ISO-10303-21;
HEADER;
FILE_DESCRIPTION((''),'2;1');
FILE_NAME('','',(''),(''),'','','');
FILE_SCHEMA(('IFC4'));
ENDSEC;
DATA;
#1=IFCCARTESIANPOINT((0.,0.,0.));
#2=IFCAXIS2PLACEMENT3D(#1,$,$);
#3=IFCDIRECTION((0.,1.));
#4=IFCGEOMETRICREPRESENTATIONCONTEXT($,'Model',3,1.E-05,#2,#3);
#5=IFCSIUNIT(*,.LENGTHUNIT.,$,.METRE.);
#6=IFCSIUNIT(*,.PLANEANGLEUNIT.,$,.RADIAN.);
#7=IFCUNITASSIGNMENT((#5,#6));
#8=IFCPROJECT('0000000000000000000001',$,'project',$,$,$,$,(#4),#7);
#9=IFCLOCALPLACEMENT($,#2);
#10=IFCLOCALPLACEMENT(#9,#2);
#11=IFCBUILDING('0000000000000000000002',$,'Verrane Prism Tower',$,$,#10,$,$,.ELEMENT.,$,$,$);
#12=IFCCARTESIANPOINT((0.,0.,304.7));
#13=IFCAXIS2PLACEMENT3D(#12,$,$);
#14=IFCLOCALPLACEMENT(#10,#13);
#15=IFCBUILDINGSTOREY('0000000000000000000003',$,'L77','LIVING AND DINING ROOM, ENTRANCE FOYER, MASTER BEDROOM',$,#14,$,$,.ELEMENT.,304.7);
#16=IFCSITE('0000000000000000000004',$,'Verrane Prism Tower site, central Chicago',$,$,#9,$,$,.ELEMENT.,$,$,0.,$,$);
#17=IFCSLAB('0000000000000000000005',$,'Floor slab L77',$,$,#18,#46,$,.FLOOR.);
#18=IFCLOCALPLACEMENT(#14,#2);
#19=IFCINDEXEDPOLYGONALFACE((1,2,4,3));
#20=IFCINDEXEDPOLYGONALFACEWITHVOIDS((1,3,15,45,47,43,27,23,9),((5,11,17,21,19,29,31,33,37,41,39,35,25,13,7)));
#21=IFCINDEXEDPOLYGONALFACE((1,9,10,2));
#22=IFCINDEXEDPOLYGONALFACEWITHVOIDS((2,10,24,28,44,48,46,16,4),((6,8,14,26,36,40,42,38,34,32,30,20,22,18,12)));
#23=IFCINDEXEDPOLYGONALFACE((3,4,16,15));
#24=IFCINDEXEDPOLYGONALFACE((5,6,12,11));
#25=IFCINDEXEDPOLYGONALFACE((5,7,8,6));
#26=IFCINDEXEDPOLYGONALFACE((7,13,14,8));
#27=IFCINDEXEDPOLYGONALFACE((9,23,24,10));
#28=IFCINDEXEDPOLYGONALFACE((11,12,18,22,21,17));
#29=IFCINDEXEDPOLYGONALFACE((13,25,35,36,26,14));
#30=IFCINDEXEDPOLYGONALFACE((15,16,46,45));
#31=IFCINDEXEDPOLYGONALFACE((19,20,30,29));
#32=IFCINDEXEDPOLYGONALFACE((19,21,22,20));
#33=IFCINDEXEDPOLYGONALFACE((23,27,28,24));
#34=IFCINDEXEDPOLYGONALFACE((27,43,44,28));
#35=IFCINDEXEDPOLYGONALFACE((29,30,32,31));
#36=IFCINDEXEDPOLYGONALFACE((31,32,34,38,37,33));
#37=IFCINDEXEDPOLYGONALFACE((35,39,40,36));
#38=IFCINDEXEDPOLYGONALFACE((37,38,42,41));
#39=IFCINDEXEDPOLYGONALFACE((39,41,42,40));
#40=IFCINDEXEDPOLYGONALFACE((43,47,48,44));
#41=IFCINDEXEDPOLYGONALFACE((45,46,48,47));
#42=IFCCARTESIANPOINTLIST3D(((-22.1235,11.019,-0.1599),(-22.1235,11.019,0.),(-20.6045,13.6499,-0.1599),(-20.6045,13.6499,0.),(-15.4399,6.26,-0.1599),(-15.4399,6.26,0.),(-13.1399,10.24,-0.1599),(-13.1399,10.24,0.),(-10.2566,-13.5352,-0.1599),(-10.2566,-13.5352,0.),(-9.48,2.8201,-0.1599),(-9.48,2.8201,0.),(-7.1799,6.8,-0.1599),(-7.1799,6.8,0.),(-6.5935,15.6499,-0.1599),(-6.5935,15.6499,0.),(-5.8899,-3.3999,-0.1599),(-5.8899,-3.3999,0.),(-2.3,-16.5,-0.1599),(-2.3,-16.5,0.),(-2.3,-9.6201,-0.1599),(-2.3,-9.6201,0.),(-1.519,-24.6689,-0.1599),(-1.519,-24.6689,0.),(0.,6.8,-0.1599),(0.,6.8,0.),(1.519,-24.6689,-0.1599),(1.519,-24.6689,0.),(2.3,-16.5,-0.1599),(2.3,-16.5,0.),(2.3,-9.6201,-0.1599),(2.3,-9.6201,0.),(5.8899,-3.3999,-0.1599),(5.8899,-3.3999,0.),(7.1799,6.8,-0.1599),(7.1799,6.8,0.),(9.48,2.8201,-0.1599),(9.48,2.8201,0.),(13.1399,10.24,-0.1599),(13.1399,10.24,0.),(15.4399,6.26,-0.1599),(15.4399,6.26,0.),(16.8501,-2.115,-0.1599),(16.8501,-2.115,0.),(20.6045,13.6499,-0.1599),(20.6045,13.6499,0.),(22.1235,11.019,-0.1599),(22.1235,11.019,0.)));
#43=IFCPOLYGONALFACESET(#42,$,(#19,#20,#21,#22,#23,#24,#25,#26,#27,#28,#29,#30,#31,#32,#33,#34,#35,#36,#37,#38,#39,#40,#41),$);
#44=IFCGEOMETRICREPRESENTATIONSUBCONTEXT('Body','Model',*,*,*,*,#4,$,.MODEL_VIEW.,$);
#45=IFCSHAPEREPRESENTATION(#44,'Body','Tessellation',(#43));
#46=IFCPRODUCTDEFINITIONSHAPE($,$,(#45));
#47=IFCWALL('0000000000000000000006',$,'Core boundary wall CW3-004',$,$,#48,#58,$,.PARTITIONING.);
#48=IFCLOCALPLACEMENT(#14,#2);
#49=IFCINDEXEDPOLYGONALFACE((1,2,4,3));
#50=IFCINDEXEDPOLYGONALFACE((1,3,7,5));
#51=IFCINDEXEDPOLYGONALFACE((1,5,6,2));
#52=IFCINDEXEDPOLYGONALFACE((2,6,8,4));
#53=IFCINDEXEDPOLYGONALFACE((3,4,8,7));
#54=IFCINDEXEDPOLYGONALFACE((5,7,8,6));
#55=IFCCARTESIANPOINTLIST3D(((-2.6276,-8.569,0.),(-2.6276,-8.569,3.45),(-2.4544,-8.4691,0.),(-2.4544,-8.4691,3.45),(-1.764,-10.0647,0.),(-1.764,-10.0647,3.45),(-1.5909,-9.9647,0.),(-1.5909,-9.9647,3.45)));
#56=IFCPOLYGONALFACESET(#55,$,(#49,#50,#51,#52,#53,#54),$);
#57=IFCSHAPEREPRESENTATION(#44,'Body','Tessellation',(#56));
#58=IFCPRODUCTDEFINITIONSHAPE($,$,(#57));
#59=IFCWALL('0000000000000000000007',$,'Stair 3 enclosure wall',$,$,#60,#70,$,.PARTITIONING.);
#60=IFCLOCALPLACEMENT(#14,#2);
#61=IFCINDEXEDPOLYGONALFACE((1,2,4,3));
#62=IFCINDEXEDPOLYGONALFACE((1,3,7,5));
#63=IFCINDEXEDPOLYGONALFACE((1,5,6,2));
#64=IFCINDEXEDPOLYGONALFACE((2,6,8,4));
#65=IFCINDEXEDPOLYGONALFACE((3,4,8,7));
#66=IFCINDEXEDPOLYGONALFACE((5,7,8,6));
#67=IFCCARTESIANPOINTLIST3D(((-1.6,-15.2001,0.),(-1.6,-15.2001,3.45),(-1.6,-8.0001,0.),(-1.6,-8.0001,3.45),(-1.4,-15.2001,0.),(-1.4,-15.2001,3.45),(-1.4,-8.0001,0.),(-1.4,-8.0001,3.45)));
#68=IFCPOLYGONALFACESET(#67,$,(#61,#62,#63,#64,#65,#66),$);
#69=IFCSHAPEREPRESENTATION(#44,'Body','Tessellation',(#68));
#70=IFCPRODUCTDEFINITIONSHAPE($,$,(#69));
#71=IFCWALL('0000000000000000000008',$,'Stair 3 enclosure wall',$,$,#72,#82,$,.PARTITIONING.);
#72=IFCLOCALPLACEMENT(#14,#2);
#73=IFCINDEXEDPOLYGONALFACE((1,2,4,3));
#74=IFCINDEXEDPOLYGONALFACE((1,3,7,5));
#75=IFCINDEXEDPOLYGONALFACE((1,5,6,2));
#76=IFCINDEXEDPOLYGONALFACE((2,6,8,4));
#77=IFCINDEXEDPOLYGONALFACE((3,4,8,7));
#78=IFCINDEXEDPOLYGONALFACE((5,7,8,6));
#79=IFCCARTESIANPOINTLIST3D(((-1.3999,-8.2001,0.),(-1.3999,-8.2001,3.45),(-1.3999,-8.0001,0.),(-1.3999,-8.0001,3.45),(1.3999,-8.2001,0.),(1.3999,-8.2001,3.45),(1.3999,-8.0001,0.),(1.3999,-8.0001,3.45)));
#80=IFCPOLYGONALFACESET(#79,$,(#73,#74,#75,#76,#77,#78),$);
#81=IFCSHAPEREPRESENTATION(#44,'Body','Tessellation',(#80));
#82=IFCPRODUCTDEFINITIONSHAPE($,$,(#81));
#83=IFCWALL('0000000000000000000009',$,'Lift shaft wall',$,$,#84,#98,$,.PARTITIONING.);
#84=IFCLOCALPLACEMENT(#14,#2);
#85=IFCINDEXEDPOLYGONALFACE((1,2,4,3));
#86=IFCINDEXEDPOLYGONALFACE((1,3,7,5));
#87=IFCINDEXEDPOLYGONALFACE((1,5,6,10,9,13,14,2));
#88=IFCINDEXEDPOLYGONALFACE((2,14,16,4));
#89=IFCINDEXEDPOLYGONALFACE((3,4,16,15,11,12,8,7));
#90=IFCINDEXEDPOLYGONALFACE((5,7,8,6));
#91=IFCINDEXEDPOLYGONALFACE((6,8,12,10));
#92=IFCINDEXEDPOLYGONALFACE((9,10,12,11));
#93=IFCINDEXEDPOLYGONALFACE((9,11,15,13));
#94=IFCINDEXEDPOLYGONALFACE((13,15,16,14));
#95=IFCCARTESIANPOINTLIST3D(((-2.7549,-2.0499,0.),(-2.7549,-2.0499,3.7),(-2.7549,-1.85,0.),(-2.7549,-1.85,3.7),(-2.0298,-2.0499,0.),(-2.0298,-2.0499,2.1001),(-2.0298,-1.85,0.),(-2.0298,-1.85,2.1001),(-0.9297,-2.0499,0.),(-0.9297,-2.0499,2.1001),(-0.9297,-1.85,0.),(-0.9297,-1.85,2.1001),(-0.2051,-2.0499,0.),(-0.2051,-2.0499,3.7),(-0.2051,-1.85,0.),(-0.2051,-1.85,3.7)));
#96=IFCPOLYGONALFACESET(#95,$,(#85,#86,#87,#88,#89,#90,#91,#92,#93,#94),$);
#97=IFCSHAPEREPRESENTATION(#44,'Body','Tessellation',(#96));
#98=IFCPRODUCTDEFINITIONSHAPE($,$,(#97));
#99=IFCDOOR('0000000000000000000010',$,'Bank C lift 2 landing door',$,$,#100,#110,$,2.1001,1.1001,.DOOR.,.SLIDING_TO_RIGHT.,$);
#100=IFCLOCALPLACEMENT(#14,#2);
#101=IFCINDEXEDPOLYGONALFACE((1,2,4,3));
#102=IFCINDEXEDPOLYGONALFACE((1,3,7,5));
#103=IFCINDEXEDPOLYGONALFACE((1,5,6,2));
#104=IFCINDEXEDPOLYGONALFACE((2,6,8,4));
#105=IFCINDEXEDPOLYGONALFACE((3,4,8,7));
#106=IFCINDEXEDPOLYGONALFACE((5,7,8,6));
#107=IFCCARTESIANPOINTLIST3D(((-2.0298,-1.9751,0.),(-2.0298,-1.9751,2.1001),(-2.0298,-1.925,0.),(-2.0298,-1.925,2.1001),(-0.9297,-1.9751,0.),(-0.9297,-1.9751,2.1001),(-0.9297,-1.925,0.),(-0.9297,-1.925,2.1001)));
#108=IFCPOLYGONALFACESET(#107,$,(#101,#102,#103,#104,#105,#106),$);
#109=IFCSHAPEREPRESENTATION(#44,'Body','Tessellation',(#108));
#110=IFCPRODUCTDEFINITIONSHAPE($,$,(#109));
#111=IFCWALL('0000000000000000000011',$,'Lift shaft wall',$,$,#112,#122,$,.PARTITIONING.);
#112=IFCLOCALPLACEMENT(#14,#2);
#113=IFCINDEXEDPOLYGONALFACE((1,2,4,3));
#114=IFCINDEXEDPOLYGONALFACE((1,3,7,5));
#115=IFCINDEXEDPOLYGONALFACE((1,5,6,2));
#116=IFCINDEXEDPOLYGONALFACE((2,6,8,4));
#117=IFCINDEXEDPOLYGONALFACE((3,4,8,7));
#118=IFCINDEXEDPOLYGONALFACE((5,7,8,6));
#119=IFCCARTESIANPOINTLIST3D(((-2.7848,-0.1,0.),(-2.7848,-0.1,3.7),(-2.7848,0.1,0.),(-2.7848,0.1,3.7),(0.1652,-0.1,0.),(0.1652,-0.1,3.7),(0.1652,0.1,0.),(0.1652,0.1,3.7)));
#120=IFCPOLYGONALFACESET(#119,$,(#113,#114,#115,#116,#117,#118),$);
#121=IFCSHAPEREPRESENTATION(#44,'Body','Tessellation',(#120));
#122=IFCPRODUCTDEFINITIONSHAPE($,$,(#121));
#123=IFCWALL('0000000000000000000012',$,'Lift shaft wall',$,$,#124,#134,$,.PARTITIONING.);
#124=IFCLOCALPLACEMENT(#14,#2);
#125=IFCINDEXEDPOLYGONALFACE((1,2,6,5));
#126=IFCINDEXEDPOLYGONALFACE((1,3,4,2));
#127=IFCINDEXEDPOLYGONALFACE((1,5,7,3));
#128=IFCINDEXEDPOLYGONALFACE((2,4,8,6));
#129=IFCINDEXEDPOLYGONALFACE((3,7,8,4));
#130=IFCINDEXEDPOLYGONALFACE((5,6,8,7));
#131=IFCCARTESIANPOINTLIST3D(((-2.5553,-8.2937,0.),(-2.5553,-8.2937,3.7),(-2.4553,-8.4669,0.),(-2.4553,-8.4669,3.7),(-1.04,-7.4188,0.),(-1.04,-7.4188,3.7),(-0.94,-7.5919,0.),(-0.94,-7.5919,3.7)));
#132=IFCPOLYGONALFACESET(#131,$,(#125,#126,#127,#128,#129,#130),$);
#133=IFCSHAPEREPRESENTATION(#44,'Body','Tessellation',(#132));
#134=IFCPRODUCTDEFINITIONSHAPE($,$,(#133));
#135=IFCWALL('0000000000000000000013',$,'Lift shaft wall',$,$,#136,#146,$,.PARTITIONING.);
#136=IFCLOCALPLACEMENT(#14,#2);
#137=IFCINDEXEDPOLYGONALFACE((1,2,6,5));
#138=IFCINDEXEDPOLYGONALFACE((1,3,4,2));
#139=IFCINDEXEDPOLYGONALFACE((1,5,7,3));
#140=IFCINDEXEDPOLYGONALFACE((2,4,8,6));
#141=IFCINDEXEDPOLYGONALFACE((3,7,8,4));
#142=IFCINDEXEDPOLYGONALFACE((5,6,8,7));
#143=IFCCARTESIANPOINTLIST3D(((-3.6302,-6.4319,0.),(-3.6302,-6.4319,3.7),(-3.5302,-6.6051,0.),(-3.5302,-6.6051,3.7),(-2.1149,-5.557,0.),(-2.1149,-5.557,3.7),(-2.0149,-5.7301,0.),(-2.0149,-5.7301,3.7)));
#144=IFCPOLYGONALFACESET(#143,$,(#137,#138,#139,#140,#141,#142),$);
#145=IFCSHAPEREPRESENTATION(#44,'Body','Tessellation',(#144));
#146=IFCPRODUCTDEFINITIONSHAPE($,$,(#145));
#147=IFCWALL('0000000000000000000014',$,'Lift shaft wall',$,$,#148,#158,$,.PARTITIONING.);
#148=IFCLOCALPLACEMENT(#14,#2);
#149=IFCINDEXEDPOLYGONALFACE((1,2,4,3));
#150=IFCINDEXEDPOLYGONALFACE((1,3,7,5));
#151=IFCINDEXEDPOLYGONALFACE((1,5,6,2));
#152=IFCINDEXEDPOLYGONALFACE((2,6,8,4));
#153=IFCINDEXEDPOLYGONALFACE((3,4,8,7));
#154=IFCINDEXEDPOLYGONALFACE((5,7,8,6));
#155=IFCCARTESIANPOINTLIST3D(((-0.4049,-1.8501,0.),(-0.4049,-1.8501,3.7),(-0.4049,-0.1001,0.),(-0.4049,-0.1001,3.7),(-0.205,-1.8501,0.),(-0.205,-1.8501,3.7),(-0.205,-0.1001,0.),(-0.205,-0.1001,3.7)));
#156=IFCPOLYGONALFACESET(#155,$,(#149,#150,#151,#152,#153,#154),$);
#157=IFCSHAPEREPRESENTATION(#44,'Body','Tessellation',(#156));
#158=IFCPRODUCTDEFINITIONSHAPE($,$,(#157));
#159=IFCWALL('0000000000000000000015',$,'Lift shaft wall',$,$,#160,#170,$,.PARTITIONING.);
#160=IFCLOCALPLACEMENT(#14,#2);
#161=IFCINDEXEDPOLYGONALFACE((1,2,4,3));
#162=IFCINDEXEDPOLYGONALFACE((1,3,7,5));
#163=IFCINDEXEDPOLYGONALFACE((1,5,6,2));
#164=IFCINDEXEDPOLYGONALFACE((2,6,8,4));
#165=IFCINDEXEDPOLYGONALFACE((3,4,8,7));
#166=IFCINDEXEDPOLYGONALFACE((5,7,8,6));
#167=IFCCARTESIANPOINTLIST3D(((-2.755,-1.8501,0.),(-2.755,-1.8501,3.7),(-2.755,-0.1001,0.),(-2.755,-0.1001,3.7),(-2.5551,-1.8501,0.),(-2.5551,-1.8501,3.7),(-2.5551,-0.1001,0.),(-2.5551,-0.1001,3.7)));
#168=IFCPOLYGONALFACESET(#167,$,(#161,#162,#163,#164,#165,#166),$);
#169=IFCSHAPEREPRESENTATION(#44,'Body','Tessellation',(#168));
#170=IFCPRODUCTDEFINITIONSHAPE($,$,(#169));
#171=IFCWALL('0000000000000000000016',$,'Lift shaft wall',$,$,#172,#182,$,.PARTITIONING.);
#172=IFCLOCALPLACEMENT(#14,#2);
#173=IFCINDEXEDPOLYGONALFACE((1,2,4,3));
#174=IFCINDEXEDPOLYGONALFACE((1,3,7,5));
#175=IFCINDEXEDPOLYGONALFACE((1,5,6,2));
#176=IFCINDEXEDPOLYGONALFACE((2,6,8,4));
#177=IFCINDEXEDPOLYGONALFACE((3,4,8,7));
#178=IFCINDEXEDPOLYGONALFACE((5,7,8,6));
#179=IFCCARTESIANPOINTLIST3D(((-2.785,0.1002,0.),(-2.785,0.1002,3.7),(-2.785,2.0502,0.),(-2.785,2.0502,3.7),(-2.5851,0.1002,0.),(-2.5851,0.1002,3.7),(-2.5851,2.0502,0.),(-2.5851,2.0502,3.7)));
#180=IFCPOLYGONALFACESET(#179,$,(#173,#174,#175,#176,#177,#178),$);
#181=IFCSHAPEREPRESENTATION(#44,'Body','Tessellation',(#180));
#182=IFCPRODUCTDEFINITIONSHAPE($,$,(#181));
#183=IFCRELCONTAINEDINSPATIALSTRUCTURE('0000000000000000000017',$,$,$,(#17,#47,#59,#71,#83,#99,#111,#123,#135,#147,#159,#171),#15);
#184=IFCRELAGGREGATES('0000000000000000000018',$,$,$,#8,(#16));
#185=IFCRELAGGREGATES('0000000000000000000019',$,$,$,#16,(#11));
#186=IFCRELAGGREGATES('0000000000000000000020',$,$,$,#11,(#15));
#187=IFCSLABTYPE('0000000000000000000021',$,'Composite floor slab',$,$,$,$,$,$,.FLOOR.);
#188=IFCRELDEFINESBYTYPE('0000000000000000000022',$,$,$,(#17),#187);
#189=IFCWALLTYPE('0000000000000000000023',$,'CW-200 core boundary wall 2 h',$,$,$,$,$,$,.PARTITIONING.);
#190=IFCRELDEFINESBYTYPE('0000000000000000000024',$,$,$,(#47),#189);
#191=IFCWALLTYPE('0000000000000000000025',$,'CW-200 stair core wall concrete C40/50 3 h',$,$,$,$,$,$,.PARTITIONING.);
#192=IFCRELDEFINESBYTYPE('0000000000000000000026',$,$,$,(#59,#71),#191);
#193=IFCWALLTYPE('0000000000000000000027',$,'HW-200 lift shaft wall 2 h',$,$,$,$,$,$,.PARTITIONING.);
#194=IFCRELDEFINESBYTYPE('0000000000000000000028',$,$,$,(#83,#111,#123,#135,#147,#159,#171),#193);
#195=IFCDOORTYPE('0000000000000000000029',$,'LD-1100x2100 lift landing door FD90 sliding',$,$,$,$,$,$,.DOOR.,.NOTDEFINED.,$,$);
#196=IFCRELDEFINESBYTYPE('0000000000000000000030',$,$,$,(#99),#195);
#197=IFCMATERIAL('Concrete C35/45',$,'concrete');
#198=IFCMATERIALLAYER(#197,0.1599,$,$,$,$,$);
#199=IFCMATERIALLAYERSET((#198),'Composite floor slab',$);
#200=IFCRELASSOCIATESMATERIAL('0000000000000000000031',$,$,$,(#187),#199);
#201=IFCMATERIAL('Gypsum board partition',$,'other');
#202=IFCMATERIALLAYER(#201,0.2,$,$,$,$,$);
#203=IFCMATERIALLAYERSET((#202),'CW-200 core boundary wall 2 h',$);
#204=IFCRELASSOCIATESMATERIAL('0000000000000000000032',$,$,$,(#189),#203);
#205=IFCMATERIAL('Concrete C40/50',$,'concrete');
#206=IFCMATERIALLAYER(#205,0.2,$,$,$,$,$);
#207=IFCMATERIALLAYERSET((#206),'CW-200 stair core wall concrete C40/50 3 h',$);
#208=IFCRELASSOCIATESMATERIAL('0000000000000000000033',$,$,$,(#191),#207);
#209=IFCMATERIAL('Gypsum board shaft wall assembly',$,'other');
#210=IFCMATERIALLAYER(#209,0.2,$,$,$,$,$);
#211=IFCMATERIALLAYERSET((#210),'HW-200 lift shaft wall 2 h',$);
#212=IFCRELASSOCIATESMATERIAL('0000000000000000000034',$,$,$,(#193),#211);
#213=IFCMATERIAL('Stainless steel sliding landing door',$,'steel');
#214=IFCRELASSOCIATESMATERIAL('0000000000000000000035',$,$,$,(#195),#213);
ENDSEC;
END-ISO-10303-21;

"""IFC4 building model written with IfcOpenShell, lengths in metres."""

from ifc_helpers import new_model, si_unit, direction, frame, frame_2d, origin, place, context, subcontext, project, spatial, polyline, rectangle, outline, extrude, material, layer, layer_set, type_object, element, fill, save


model = new_model("IFC4")

# Units and contexts
model_context = context("Model", 3, precision=1e-05, world=origin(), true_north=direction((0.0, 1.0)))
body_context = subcontext(model_context, "Body", "Model", "MODEL_VIEW")
ifc_project = project(units=[si_unit("LENGTHUNIT", "METRE"), si_unit("PLANEANGLEUNIT", "RADIAN")], contexts=[model_context])

# Site, building, storey
site_placement = place(None, origin())
site = spatial("IfcSite", under=ifc_project, at=site_placement, Name="Verrane Prism Tower site, central Chicago", CompositionType="ELEMENT", RefElevation=0.0)
building_placement = place(site_placement, origin())
building = spatial("IfcBuilding", under=site, at=building_placement, Name="Verrane Prism Tower", CompositionType="ELEMENT")
storey_placement = place(building_placement, frame((0.0, 0.0, 304.7)))
storey = spatial("IfcBuildingStorey", under=building, at=storey_placement, Name="L77", Description="LIVING AND DINING ROOM, ENTRANCE FOYER, MASTER BEDROOM", CompositionType="ELEMENT", Elevation=304.7)

# Slab
ifc_material_1 = material(Name="Concrete C35/45", Category="concrete")
ifc_layer_1 = layer(ifc_material_1, 0.1599)
ifc_layer_set_1 = layer_set([ifc_layer_1], Name="Composite floor slab")
slab_type = type_object("IfcSlabType", Name="Composite floor slab", PredefinedType="FLOOR", material=ifc_layer_set_1)
slab_placement = place(storey_placement, frame((0.0, 0.0, -0.1599)))
element("IfcSlab", 1, at=slab_placement, inside=storey, type_object=slab_type, Name="Floor slab L77", PredefinedType="FLOOR", context=body_context, shape_type="SweptSolid", body=[
    extrude(outline(polyline([(16.8501, -2.115), (1.519, -24.6689), (-1.519, -24.6689), (-10.2566, -13.5352), (-22.1235, 11.019), (-20.6045, 13.6499), (-6.5935, 15.6499), (20.6045, 13.6499), (22.1235, 11.019), (16.8501, -2.115)]), holes=[polyline([(15.4399, 6.26), (13.1399, 10.24), (7.1799, 6.8), (0.0, 6.8), (-7.1799, 6.8), (-13.1399, 10.24), (-15.4399, 6.26), (-9.48, 2.8201), (-5.8899, -3.3999), (-2.3, -9.6201), (-2.3, -16.5), (2.3, -16.5), (2.3, -9.6201), (5.8899, -3.3999), (9.48, 2.8201), (15.4399, 6.26)])]), origin(), (0.0, 0.0, 1.0), 0.1599),
])

# Walls
ifc_material_2 = material(Name="Gypsum board partition", Category="other")
ifc_layer_2 = layer(ifc_material_2, 0.2)
ifc_layer_set_2 = layer_set([ifc_layer_2], Name="CW-200 core boundary wall 2 h")
wall_type_1 = type_object("IfcWallType", Name="CW-200 core boundary wall 2 h", PredefinedType="PARTITIONING", material=ifc_layer_set_2)
wall_1_placement = place(storey_placement, frame((-2.541, -8.519, 0.0), z_axis=(0.0, 0.0, 1.0), x_axis=(0.500016, -0.866016, 0.0)))
element("IfcWall", 2, at=wall_1_placement, inside=storey, type_object=wall_type_1, Name="Core boundary wall CW3-004", PredefinedType="PARTITIONING", context=body_context, shape_type="SweptSolid", body=[
    extrude(rectangle(XDim=1.7271, YDim=0.2, at=frame_2d((0.8635, 0.0))), origin(), (0.0, 0.0, 1.0), 3.45),
])
ifc_material_3 = material(Name="Concrete C40/50", Category="concrete")
ifc_layer_3 = layer(ifc_material_3, 0.2)
ifc_layer_set_3 = layer_set([ifc_layer_3], Name="CW-200 stair core wall concrete C40/50 3 h")
wall_type_2 = type_object("IfcWallType", Name="CW-200 stair core wall concrete C40/50 3 h", PredefinedType="PARTITIONING", material=ifc_layer_set_3)
wall_2_placement = place(storey_placement, frame((-1.5, -8.0, 0.0), z_axis=(0.0, 0.0, 1.0), x_axis=(0.0, -1.0, 0.0)))
element("IfcWall", 3, at=wall_2_placement, inside=storey, type_object=wall_type_2, Name="Stair 3 enclosure wall", PredefinedType="PARTITIONING", context=body_context, shape_type="SweptSolid", body=[
    extrude(rectangle(XDim=7.2, YDim=0.2, at=frame_2d((3.6001, 0.0))), origin(), (0.0, 0.0, 1.0), 3.45),
])
wall_3_placement = place(storey_placement, frame((-1.3999, -8.1001, 0.0), z_axis=(0.0, 0.0, 1.0), x_axis=(1.0, 0.0, 0.0)))
element("IfcWall", 4, at=wall_3_placement, inside=storey, type_object=wall_type_2, Name="Stair 3 enclosure wall", PredefinedType="PARTITIONING", context=body_context, shape_type="SweptSolid", body=[
    extrude(rectangle(XDim=2.7998, YDim=0.2, at=frame_2d((1.3999, 0.0))), origin(), (0.0, 0.0, 1.0), 3.45),
])

# Wall, opening, door
ifc_material_4 = material(Name="Gypsum board shaft wall assembly", Category="other")
ifc_layer_4 = layer(ifc_material_4, 0.2)
ifc_layer_set_4 = layer_set([ifc_layer_4], Name="HW-200 lift shaft wall 2 h")
wall_type_3 = type_object("IfcWallType", Name="HW-200 lift shaft wall 2 h", PredefinedType="PARTITIONING", material=ifc_layer_set_4)
wall_4_placement = place(storey_placement, frame((-2.7549, -1.95, 0.0), z_axis=(0.0, 0.0, 1.0), x_axis=(1.0, 0.0, 0.0)))
wall_4 = element("IfcWall", 5, at=wall_4_placement, inside=storey, type_object=wall_type_3, Name="Lift shaft wall", PredefinedType="PARTITIONING", context=body_context, shape_type="SweptSolid", body=[
    extrude(rectangle(XDim=2.5498, YDim=0.2, at=frame_2d((1.2749, 0.0))), origin(), (0.0, 0.0, 1.0), 3.7),
])
opening_1_placement = place(wall_4_placement, frame((0.7251, 0.0, 0.0)))
opening_1 = element("IfcOpeningElement", 6, at=opening_1_placement, cuts=wall_4, PredefinedType="OPENING", context=body_context, shape_type="SweptSolid", body=[
    extrude(rectangle(XDim=1.1001, YDim=2.1001, at=frame_2d((0.55, 1.05))), frame((0.0, 0.1099, 0.0), z_axis=(0.0, -1.0, 0.0), x_axis=(1.0, 0.0, 0.0)), (0.0, 0.0, 1.0), 0.22),
])
ifc_material_5 = material(Name="Stainless steel sliding landing door", Category="steel")
door_type_1 = type_object("IfcDoorType", Name="LD-1100x2100 lift landing door FD90 sliding", OperationType="NOTDEFINED", PredefinedType="DOOR", material=ifc_material_5)
door_1_placement = place(opening_1_placement, origin())
door_1 = element("IfcDoor", 7, at=door_1_placement, inside=storey, type_object=door_type_1, Name="Bank C lift 2 landing door", OperationType="SLIDING_TO_RIGHT", OverallHeight=2.1001, OverallWidth=1.1001, PredefinedType="DOOR", context=body_context, shape_type="SweptSolid", body=[
    extrude(rectangle(XDim=1.1001, YDim=2.1001, at=frame_2d((0.55, 1.05))), frame((0.0, 0.0249, 0.0), z_axis=(0.0, -1.0, 0.0), x_axis=(1.0, 0.0, 0.0)), (0.0, 0.0, 1.0), 0.05),
])
fill(opening_1, door_1)

# Walls
wall_5_placement = place(storey_placement, frame((-2.7849, 0.0, 0.0), z_axis=(0.0, 0.0, 1.0), x_axis=(1.0, 0.0, 0.0)))
element("IfcWall", 8, at=wall_5_placement, inside=storey, type_object=wall_type_3, Name="Lift shaft wall", PredefinedType="PARTITIONING", context=body_context, shape_type="SweptSolid", body=[
    extrude(rectangle(XDim=2.95, YDim=0.2, at=frame_2d((1.4751, 0.0))), origin(), (0.0, 0.0, 1.0), 3.7),
])
for number, where, z_axis, x_axis, name in (
    (9, (-2.5054, -8.3804, 0.0), (0.0, 0.0, 1.0), (0.866002, 0.50004, 0.0), "Lift shaft wall"),
    (10, (-3.5803, -6.5186, 0.0), (0.0, 0.0, 1.0), (0.866002, 0.50004, 0.0), "Lift shaft wall"),
):
    element("IfcWall", number, at=place(storey_placement, frame(where, z_axis=z_axis, x_axis=x_axis)), inside=storey, type_object=wall_type_3, Name=name, PredefinedType="PARTITIONING", context=body_context, shape_type="SweptSolid", body=[
        extrude(rectangle(XDim=1.7498, YDim=0.2, at=frame_2d((0.875, 0.0))), origin(), (0.0, 0.0, 1.0), 3.7),
    ])
for number, where, z_axis, x_axis, name in (
    (11, (-0.3049, -1.8501, 0.0), (0.0, 0.0, 1.0), (0.0, 1.0, 0.0), "Lift shaft wall"),
    (12, (-2.655, -1.8501, 0.0), (0.0, 0.0, 1.0), (0.0, 1.0, 0.0), "Lift shaft wall"),
):
    element("IfcWall", number, at=place(storey_placement, frame(where, z_axis=z_axis, x_axis=x_axis)), inside=storey, type_object=wall_type_3, Name=name, PredefinedType="PARTITIONING", context=body_context, shape_type="SweptSolid", body=[
        extrude(rectangle(XDim=1.75, YDim=0.2, at=frame_2d((0.875, 0.0))), origin(), (0.0, 0.0, 1.0), 3.7),
    ])
wall_6_placement = place(storey_placement, frame((-2.6851, 0.1001, 0.0), z_axis=(0.0, 0.0, 1.0), x_axis=(0.0, 1.0, 0.0)))
element("IfcWall", 13, at=wall_6_placement, inside=storey, type_object=wall_type_3, Name="Lift shaft wall", PredefinedType="PARTITIONING", context=body_context, shape_type="SweptSolid", body=[
    extrude(rectangle(XDim=1.95, YDim=0.2, at=frame_2d((0.9751, 0.0))), origin(), (0.0, 0.0, 1.0), 3.7),
])

save(model, "model.ifc")
